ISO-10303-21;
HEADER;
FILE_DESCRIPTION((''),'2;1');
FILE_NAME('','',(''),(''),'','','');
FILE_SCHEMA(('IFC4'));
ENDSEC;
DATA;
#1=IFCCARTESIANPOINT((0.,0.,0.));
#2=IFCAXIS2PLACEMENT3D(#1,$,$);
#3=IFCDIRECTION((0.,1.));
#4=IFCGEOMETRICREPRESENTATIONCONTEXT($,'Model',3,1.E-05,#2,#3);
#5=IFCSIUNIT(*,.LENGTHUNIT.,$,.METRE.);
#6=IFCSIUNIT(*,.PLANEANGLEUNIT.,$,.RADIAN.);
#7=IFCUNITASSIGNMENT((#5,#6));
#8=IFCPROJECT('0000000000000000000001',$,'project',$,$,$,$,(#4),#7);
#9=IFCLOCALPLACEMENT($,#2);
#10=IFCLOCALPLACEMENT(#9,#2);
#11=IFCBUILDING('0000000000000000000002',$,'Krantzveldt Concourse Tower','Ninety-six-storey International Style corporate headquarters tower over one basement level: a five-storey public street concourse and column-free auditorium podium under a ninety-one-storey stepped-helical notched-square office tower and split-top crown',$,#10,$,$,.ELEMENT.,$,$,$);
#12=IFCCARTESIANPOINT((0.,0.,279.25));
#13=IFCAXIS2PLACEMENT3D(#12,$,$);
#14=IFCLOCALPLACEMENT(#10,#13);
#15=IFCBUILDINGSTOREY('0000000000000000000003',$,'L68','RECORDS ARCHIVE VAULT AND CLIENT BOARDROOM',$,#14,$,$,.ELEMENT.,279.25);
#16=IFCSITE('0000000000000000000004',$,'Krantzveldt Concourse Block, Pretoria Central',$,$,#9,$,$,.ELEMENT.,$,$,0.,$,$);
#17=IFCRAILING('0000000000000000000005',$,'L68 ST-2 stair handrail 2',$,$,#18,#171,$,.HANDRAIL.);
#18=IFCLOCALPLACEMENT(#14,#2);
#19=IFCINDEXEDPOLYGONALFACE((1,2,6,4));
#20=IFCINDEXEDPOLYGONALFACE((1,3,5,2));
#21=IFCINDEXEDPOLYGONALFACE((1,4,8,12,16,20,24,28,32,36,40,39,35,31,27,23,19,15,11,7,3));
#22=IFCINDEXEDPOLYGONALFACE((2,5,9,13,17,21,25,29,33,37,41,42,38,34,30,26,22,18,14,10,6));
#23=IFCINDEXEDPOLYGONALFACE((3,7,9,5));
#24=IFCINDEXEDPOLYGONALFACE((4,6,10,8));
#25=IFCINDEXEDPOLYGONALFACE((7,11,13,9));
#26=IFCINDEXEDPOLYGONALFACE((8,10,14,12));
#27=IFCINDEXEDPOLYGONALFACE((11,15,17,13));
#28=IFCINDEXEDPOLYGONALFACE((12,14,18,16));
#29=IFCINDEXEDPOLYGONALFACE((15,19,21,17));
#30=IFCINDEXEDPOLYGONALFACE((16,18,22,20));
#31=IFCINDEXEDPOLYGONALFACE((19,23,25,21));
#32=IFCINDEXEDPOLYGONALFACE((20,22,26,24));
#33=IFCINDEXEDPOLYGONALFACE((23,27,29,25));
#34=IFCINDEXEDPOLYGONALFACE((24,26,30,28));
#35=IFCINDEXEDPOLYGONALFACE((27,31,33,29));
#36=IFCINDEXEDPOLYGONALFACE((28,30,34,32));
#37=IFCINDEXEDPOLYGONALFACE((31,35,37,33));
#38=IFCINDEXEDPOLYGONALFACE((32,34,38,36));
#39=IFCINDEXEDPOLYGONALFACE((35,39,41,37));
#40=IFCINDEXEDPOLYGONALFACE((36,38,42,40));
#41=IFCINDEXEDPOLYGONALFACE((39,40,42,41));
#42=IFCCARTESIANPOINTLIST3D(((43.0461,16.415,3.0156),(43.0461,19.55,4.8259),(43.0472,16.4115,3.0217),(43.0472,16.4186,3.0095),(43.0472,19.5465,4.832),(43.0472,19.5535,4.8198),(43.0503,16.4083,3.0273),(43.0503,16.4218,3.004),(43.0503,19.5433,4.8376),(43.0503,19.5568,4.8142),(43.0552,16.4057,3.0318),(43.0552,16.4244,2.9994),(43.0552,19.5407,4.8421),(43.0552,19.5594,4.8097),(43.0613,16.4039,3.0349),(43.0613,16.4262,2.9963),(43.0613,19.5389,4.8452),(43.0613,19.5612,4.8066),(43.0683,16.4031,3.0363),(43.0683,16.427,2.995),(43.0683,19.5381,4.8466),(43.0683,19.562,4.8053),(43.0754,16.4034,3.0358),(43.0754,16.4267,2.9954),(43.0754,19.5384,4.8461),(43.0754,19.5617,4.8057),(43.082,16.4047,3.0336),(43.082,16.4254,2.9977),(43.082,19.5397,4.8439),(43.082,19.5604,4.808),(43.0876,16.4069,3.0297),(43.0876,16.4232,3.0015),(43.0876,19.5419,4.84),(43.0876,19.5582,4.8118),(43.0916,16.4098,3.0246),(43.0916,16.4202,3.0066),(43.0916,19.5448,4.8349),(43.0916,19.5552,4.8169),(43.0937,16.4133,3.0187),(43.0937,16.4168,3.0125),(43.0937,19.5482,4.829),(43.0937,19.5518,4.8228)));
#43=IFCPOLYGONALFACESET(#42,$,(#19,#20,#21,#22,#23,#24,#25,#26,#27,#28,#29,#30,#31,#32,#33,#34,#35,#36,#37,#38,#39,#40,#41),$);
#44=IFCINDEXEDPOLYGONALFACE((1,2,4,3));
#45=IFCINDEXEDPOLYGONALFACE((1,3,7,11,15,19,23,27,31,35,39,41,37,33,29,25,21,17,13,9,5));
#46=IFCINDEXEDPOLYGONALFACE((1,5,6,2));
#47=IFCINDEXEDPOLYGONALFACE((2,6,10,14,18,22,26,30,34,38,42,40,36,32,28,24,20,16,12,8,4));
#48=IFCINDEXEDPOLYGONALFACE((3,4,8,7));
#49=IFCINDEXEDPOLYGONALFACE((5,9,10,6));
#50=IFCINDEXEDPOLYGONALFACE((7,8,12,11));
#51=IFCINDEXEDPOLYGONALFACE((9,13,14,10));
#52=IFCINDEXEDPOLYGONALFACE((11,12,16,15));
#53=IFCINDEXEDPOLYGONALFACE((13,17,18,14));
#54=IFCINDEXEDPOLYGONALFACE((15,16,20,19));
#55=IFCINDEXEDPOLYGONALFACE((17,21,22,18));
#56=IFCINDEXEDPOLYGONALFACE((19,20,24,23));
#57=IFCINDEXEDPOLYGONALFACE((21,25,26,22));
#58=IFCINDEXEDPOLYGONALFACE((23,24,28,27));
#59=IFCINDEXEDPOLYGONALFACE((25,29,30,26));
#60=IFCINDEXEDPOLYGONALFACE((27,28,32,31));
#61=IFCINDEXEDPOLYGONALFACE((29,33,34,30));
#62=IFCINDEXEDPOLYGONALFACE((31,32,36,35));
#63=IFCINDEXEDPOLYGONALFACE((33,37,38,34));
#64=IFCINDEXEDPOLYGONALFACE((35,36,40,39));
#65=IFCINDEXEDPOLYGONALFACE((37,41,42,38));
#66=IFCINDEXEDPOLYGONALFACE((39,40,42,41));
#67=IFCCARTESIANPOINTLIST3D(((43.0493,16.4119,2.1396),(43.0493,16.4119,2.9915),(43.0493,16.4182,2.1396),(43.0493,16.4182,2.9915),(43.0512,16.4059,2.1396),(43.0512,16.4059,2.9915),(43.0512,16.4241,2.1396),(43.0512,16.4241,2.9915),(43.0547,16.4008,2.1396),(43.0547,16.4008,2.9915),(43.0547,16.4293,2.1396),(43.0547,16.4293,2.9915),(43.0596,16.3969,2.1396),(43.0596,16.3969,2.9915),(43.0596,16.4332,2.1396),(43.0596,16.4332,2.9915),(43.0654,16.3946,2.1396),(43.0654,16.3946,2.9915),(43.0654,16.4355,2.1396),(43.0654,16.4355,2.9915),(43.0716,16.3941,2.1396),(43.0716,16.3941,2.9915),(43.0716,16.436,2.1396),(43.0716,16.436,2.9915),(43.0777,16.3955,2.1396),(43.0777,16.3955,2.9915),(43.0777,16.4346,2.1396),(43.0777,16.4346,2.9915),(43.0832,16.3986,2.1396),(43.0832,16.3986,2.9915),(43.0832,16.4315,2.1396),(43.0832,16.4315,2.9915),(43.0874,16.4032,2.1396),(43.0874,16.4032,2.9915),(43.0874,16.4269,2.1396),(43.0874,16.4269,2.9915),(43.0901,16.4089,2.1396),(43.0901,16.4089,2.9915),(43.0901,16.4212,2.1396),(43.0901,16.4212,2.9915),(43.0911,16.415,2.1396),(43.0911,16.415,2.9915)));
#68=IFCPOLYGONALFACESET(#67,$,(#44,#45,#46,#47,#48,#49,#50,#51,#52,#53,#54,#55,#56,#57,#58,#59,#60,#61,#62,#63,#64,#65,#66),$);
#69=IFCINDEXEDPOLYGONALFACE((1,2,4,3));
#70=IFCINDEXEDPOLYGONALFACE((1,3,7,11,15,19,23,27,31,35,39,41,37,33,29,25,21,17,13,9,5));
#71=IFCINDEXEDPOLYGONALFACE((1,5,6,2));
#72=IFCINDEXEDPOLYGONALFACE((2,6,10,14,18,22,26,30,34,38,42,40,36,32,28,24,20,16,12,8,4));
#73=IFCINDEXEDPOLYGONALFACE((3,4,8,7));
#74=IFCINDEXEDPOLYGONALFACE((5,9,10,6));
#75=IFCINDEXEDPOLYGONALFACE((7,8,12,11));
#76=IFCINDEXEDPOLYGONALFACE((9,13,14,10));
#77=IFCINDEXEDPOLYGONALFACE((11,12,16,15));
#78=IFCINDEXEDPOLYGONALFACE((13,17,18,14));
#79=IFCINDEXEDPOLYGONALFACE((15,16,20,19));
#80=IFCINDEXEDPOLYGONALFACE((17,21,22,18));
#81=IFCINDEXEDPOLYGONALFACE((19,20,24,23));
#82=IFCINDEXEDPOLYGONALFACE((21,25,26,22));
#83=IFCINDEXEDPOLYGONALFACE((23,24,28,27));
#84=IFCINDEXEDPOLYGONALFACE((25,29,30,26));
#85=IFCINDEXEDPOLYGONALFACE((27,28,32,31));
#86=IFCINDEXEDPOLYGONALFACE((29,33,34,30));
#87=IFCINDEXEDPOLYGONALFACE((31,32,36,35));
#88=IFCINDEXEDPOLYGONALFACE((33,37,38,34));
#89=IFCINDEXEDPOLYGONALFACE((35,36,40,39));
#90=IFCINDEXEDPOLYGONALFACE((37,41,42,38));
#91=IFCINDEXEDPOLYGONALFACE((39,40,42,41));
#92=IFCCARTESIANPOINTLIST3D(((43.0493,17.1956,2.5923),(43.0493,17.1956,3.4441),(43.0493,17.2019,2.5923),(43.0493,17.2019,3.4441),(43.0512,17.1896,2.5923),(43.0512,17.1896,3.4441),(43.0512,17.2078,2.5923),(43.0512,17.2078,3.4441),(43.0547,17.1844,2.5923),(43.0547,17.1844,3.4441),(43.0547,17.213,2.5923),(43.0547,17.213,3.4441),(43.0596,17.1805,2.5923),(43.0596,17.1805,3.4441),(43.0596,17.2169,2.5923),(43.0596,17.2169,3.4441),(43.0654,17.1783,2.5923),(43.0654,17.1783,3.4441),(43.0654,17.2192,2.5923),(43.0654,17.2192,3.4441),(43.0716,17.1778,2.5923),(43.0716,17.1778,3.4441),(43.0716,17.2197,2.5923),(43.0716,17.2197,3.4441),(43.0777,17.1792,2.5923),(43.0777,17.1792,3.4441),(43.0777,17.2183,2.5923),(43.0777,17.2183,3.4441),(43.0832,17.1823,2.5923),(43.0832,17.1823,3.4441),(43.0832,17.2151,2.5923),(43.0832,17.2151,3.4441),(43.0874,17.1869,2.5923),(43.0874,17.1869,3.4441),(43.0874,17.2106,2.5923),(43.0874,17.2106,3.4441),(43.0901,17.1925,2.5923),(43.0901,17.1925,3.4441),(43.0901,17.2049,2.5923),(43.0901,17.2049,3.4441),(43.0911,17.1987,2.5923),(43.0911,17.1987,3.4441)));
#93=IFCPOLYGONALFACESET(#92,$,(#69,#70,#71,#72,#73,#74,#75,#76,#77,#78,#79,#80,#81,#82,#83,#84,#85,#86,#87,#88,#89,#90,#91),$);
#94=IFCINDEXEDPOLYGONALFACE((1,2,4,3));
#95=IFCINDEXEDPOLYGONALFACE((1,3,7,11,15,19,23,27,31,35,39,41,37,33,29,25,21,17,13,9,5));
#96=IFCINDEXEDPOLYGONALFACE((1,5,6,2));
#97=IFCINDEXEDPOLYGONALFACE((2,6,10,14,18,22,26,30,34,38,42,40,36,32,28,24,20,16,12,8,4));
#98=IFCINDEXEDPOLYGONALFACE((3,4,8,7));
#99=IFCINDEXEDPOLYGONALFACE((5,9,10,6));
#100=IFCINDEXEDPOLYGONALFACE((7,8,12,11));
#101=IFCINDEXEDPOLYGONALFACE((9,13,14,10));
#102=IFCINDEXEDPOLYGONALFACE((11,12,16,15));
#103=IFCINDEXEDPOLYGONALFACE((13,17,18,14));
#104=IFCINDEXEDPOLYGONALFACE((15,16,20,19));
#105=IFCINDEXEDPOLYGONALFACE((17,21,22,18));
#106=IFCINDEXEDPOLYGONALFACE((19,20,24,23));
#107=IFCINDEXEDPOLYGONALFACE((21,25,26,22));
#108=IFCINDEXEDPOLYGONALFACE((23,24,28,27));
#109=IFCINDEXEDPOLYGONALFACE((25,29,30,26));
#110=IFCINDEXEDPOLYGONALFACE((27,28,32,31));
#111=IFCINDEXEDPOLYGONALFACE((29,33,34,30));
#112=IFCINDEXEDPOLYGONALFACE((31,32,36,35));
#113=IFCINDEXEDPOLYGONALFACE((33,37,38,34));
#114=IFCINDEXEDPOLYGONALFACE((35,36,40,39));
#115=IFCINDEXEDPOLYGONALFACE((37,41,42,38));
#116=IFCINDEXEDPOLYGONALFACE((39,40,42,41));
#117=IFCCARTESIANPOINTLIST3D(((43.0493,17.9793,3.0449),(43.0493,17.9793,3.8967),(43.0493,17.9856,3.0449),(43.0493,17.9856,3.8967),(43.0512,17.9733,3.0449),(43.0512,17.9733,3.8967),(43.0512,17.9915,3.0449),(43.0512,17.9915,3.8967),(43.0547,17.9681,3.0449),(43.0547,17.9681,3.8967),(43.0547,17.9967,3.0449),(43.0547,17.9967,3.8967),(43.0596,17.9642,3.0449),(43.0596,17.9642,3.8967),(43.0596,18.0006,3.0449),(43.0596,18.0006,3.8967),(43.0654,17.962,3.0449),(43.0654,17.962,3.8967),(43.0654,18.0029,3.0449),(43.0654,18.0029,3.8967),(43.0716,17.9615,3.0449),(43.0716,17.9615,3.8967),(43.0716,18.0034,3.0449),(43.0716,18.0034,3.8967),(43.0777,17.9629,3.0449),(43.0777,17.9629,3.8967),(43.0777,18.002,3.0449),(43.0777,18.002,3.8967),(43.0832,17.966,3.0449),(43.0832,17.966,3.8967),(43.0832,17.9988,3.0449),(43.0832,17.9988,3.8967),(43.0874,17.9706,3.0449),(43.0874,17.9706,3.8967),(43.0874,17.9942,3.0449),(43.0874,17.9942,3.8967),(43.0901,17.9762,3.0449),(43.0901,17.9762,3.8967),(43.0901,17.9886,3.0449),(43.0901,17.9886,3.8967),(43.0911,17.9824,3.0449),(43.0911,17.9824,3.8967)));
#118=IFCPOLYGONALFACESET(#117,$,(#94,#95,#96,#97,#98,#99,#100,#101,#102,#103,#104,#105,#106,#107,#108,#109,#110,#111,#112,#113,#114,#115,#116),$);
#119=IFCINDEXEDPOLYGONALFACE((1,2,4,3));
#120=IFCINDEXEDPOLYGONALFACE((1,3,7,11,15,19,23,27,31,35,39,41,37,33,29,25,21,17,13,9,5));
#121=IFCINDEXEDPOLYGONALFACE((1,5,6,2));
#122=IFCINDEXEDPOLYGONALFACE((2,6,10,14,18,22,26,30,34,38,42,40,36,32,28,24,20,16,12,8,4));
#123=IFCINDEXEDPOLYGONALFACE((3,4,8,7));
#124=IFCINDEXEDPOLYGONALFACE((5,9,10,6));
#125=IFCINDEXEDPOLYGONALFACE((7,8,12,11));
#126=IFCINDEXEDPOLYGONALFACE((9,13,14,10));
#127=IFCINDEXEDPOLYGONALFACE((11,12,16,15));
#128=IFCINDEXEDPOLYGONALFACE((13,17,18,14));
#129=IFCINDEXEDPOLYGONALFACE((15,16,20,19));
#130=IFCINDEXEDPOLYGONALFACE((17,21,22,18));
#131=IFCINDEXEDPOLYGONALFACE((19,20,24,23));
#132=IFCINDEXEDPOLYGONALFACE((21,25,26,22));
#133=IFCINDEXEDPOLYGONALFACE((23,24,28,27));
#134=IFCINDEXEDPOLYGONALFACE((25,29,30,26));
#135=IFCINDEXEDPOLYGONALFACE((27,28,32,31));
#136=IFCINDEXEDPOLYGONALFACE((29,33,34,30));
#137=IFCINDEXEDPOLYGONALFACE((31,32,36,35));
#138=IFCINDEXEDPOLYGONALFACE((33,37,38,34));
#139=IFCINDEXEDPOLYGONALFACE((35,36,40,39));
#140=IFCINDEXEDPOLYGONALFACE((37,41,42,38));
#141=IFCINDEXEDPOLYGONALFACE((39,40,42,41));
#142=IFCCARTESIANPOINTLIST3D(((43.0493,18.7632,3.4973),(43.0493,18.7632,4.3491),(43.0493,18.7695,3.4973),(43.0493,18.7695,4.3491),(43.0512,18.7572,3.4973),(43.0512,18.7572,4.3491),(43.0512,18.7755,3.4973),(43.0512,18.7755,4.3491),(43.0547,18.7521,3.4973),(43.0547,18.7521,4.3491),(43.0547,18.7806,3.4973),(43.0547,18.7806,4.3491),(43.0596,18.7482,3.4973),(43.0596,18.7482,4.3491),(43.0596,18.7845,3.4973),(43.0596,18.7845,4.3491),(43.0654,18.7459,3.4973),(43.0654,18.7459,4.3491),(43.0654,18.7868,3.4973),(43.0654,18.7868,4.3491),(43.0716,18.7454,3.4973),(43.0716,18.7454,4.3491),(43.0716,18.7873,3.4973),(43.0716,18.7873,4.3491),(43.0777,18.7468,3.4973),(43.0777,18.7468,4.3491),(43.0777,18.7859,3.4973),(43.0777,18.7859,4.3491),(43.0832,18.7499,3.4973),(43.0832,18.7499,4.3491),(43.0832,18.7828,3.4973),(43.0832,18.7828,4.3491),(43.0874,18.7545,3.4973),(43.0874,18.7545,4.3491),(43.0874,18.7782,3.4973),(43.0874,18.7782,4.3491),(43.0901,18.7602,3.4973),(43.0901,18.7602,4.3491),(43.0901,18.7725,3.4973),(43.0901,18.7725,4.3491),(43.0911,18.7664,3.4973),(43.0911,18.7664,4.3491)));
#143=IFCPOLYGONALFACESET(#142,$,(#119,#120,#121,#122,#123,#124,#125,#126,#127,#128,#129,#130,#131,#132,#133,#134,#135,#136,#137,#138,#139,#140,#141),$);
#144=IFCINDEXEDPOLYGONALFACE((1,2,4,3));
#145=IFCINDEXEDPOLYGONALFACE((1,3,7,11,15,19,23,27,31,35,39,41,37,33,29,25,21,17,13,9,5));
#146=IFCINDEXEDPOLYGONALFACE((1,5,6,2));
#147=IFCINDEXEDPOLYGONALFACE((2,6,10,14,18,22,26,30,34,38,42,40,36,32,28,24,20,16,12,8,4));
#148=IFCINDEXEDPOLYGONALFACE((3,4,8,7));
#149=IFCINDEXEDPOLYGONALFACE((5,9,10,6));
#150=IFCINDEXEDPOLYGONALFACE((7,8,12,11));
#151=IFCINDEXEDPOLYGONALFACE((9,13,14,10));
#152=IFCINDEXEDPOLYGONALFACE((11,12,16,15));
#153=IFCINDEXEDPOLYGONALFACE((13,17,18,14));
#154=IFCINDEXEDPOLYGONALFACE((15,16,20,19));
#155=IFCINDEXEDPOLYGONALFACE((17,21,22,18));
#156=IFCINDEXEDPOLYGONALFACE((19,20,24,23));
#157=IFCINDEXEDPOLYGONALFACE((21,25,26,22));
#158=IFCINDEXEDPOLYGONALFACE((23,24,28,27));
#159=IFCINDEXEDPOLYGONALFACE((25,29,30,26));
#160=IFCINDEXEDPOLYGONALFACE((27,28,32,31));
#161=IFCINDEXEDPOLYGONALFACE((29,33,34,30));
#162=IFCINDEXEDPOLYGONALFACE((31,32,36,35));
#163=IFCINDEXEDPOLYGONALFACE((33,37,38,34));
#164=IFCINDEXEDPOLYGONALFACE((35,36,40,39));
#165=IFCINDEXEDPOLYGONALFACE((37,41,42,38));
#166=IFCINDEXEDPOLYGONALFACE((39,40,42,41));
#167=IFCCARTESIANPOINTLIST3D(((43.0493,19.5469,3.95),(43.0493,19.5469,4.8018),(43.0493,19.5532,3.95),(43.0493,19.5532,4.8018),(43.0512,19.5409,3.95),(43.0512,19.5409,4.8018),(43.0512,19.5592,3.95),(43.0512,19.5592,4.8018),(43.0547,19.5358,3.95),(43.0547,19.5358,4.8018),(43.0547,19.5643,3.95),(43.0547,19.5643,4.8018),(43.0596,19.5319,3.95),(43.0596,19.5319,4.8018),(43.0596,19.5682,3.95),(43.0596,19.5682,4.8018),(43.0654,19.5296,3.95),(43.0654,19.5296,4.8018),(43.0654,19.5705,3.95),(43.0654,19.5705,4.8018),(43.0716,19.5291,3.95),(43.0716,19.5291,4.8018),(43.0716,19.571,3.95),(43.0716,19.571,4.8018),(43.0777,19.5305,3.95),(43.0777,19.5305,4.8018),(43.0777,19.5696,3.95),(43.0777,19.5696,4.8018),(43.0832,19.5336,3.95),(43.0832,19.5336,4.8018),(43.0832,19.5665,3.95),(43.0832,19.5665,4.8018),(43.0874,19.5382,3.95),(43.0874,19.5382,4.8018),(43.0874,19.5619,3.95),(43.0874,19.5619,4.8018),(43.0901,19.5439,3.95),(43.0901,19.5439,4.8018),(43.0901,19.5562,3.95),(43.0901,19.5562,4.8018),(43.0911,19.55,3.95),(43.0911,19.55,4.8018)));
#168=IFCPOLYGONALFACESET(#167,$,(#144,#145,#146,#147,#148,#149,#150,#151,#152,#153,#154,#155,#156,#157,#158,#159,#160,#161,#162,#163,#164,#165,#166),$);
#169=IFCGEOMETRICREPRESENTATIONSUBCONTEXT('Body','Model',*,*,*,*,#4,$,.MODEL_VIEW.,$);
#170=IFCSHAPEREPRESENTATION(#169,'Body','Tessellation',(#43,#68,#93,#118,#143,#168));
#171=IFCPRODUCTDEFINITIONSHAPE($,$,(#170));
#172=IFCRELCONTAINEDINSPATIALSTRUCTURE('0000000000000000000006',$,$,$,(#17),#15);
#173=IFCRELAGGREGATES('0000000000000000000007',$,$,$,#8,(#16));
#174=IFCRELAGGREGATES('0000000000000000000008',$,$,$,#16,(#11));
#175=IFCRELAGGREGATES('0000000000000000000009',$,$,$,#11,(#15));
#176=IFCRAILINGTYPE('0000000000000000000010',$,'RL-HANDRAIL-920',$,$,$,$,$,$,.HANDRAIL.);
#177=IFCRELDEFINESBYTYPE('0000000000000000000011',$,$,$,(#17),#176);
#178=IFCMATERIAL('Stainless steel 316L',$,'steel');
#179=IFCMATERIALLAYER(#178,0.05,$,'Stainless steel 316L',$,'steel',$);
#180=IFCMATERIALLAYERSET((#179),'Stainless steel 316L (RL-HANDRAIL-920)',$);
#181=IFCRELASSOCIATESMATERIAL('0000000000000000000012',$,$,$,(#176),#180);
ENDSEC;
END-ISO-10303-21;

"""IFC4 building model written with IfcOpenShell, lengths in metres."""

from ifc_helpers import new_model, si_unit, direction, frame, origin, origin_2d, place, context, subcontext, project, spatial, circle, extrude, material, layer, layer_set, type_object, element, save


model = new_model("IFC4")

# Units and contexts
model_context = context("Model", 3, precision=1e-05, world=origin(), true_north=direction((0.0, 1.0)))
body_context = subcontext(model_context, "Body", "Model", "MODEL_VIEW")
ifc_project = project(units=[si_unit("LENGTHUNIT", "METRE"), si_unit("PLANEANGLEUNIT", "RADIAN")], contexts=[model_context])

# Site, building, storey
site_placement = place(None, origin())
site = spatial("IfcSite", under=ifc_project, at=site_placement, Name="Krantzveldt Concourse Block, Pretoria Central", CompositionType="ELEMENT", RefElevation=0.0)
building_placement = place(site_placement, origin())
building = spatial("IfcBuilding", under=site, at=building_placement, Name="Krantzveldt Concourse Tower", Description="Ninety-six-storey International Style corporate headquarters tower over one basement level: a five-storey public street concourse and column-free auditorium podium under a ninety-one-storey stepped-helical notched-square office tower and split-top crown", CompositionType="ELEMENT")
storey_placement = place(building_placement, frame((0.0, 0.0, 279.25)))
storey = spatial("IfcBuildingStorey", under=building, at=storey_placement, Name="L68", Description="RECORDS ARCHIVE VAULT AND CLIENT BOARDROOM", CompositionType="ELEMENT", Elevation=279.25)

# Railing
ifc_material_1 = material(Name="Stainless steel 316L", Category="steel")
ifc_layer_1 = layer(ifc_material_1, 0.05, Name="Stainless steel 316L", Category="steel")
ifc_layer_set_1 = layer_set([ifc_layer_1], Name="Stainless steel 316L (RL-HANDRAIL-920)")
railing_type_1 = type_object("IfcRailingType", Name="RL-HANDRAIL-920", PredefinedType="HANDRAIL", material=ifc_layer_set_1)
railing_1_placement = place(storey_placement, frame((43.0701, 16.415, 2.1396)))
element("IfcRailing", 1, at=railing_1_placement, inside=storey, type_object=railing_type_1, Name="L68 ST-2 stair handrail 2", PredefinedType="HANDRAIL", context=body_context, shape_type="SweptSolid", body=[
    extrude(circle(Radius=0.0239, at=origin_2d()), frame((0.0, 0.0, 0.876), z_axis=(0.0, 0.865989, 0.500063), x_axis=(-1.0, 0.0, 0.0)), (0.0, 0.0, 1.0), 3.6201),
    extrude(circle(Radius=0.021, at=origin_2d()), origin(), (0.0, 0.0, 1.0), 0.8518),
    extrude(circle(Radius=0.021, at=origin_2d()), frame((0.0, 0.7837, 0.4526)), (0.0, 0.0, 1.0), 0.8518),
    extrude(circle(Radius=0.021, at=origin_2d()), frame((0.0, 1.5674, 0.9053)), (0.0, 0.0, 1.0), 0.8518),
    extrude(circle(Radius=0.021, at=origin_2d()), frame((0.0, 2.3513, 1.3577)), (0.0, 0.0, 1.0), 0.8518),
    extrude(circle(Radius=0.021, at=origin_2d()), frame((0.0, 3.135, 1.8103)), (0.0, 0.0, 1.0), 0.8518),
])

save(model, "model.ifc")
